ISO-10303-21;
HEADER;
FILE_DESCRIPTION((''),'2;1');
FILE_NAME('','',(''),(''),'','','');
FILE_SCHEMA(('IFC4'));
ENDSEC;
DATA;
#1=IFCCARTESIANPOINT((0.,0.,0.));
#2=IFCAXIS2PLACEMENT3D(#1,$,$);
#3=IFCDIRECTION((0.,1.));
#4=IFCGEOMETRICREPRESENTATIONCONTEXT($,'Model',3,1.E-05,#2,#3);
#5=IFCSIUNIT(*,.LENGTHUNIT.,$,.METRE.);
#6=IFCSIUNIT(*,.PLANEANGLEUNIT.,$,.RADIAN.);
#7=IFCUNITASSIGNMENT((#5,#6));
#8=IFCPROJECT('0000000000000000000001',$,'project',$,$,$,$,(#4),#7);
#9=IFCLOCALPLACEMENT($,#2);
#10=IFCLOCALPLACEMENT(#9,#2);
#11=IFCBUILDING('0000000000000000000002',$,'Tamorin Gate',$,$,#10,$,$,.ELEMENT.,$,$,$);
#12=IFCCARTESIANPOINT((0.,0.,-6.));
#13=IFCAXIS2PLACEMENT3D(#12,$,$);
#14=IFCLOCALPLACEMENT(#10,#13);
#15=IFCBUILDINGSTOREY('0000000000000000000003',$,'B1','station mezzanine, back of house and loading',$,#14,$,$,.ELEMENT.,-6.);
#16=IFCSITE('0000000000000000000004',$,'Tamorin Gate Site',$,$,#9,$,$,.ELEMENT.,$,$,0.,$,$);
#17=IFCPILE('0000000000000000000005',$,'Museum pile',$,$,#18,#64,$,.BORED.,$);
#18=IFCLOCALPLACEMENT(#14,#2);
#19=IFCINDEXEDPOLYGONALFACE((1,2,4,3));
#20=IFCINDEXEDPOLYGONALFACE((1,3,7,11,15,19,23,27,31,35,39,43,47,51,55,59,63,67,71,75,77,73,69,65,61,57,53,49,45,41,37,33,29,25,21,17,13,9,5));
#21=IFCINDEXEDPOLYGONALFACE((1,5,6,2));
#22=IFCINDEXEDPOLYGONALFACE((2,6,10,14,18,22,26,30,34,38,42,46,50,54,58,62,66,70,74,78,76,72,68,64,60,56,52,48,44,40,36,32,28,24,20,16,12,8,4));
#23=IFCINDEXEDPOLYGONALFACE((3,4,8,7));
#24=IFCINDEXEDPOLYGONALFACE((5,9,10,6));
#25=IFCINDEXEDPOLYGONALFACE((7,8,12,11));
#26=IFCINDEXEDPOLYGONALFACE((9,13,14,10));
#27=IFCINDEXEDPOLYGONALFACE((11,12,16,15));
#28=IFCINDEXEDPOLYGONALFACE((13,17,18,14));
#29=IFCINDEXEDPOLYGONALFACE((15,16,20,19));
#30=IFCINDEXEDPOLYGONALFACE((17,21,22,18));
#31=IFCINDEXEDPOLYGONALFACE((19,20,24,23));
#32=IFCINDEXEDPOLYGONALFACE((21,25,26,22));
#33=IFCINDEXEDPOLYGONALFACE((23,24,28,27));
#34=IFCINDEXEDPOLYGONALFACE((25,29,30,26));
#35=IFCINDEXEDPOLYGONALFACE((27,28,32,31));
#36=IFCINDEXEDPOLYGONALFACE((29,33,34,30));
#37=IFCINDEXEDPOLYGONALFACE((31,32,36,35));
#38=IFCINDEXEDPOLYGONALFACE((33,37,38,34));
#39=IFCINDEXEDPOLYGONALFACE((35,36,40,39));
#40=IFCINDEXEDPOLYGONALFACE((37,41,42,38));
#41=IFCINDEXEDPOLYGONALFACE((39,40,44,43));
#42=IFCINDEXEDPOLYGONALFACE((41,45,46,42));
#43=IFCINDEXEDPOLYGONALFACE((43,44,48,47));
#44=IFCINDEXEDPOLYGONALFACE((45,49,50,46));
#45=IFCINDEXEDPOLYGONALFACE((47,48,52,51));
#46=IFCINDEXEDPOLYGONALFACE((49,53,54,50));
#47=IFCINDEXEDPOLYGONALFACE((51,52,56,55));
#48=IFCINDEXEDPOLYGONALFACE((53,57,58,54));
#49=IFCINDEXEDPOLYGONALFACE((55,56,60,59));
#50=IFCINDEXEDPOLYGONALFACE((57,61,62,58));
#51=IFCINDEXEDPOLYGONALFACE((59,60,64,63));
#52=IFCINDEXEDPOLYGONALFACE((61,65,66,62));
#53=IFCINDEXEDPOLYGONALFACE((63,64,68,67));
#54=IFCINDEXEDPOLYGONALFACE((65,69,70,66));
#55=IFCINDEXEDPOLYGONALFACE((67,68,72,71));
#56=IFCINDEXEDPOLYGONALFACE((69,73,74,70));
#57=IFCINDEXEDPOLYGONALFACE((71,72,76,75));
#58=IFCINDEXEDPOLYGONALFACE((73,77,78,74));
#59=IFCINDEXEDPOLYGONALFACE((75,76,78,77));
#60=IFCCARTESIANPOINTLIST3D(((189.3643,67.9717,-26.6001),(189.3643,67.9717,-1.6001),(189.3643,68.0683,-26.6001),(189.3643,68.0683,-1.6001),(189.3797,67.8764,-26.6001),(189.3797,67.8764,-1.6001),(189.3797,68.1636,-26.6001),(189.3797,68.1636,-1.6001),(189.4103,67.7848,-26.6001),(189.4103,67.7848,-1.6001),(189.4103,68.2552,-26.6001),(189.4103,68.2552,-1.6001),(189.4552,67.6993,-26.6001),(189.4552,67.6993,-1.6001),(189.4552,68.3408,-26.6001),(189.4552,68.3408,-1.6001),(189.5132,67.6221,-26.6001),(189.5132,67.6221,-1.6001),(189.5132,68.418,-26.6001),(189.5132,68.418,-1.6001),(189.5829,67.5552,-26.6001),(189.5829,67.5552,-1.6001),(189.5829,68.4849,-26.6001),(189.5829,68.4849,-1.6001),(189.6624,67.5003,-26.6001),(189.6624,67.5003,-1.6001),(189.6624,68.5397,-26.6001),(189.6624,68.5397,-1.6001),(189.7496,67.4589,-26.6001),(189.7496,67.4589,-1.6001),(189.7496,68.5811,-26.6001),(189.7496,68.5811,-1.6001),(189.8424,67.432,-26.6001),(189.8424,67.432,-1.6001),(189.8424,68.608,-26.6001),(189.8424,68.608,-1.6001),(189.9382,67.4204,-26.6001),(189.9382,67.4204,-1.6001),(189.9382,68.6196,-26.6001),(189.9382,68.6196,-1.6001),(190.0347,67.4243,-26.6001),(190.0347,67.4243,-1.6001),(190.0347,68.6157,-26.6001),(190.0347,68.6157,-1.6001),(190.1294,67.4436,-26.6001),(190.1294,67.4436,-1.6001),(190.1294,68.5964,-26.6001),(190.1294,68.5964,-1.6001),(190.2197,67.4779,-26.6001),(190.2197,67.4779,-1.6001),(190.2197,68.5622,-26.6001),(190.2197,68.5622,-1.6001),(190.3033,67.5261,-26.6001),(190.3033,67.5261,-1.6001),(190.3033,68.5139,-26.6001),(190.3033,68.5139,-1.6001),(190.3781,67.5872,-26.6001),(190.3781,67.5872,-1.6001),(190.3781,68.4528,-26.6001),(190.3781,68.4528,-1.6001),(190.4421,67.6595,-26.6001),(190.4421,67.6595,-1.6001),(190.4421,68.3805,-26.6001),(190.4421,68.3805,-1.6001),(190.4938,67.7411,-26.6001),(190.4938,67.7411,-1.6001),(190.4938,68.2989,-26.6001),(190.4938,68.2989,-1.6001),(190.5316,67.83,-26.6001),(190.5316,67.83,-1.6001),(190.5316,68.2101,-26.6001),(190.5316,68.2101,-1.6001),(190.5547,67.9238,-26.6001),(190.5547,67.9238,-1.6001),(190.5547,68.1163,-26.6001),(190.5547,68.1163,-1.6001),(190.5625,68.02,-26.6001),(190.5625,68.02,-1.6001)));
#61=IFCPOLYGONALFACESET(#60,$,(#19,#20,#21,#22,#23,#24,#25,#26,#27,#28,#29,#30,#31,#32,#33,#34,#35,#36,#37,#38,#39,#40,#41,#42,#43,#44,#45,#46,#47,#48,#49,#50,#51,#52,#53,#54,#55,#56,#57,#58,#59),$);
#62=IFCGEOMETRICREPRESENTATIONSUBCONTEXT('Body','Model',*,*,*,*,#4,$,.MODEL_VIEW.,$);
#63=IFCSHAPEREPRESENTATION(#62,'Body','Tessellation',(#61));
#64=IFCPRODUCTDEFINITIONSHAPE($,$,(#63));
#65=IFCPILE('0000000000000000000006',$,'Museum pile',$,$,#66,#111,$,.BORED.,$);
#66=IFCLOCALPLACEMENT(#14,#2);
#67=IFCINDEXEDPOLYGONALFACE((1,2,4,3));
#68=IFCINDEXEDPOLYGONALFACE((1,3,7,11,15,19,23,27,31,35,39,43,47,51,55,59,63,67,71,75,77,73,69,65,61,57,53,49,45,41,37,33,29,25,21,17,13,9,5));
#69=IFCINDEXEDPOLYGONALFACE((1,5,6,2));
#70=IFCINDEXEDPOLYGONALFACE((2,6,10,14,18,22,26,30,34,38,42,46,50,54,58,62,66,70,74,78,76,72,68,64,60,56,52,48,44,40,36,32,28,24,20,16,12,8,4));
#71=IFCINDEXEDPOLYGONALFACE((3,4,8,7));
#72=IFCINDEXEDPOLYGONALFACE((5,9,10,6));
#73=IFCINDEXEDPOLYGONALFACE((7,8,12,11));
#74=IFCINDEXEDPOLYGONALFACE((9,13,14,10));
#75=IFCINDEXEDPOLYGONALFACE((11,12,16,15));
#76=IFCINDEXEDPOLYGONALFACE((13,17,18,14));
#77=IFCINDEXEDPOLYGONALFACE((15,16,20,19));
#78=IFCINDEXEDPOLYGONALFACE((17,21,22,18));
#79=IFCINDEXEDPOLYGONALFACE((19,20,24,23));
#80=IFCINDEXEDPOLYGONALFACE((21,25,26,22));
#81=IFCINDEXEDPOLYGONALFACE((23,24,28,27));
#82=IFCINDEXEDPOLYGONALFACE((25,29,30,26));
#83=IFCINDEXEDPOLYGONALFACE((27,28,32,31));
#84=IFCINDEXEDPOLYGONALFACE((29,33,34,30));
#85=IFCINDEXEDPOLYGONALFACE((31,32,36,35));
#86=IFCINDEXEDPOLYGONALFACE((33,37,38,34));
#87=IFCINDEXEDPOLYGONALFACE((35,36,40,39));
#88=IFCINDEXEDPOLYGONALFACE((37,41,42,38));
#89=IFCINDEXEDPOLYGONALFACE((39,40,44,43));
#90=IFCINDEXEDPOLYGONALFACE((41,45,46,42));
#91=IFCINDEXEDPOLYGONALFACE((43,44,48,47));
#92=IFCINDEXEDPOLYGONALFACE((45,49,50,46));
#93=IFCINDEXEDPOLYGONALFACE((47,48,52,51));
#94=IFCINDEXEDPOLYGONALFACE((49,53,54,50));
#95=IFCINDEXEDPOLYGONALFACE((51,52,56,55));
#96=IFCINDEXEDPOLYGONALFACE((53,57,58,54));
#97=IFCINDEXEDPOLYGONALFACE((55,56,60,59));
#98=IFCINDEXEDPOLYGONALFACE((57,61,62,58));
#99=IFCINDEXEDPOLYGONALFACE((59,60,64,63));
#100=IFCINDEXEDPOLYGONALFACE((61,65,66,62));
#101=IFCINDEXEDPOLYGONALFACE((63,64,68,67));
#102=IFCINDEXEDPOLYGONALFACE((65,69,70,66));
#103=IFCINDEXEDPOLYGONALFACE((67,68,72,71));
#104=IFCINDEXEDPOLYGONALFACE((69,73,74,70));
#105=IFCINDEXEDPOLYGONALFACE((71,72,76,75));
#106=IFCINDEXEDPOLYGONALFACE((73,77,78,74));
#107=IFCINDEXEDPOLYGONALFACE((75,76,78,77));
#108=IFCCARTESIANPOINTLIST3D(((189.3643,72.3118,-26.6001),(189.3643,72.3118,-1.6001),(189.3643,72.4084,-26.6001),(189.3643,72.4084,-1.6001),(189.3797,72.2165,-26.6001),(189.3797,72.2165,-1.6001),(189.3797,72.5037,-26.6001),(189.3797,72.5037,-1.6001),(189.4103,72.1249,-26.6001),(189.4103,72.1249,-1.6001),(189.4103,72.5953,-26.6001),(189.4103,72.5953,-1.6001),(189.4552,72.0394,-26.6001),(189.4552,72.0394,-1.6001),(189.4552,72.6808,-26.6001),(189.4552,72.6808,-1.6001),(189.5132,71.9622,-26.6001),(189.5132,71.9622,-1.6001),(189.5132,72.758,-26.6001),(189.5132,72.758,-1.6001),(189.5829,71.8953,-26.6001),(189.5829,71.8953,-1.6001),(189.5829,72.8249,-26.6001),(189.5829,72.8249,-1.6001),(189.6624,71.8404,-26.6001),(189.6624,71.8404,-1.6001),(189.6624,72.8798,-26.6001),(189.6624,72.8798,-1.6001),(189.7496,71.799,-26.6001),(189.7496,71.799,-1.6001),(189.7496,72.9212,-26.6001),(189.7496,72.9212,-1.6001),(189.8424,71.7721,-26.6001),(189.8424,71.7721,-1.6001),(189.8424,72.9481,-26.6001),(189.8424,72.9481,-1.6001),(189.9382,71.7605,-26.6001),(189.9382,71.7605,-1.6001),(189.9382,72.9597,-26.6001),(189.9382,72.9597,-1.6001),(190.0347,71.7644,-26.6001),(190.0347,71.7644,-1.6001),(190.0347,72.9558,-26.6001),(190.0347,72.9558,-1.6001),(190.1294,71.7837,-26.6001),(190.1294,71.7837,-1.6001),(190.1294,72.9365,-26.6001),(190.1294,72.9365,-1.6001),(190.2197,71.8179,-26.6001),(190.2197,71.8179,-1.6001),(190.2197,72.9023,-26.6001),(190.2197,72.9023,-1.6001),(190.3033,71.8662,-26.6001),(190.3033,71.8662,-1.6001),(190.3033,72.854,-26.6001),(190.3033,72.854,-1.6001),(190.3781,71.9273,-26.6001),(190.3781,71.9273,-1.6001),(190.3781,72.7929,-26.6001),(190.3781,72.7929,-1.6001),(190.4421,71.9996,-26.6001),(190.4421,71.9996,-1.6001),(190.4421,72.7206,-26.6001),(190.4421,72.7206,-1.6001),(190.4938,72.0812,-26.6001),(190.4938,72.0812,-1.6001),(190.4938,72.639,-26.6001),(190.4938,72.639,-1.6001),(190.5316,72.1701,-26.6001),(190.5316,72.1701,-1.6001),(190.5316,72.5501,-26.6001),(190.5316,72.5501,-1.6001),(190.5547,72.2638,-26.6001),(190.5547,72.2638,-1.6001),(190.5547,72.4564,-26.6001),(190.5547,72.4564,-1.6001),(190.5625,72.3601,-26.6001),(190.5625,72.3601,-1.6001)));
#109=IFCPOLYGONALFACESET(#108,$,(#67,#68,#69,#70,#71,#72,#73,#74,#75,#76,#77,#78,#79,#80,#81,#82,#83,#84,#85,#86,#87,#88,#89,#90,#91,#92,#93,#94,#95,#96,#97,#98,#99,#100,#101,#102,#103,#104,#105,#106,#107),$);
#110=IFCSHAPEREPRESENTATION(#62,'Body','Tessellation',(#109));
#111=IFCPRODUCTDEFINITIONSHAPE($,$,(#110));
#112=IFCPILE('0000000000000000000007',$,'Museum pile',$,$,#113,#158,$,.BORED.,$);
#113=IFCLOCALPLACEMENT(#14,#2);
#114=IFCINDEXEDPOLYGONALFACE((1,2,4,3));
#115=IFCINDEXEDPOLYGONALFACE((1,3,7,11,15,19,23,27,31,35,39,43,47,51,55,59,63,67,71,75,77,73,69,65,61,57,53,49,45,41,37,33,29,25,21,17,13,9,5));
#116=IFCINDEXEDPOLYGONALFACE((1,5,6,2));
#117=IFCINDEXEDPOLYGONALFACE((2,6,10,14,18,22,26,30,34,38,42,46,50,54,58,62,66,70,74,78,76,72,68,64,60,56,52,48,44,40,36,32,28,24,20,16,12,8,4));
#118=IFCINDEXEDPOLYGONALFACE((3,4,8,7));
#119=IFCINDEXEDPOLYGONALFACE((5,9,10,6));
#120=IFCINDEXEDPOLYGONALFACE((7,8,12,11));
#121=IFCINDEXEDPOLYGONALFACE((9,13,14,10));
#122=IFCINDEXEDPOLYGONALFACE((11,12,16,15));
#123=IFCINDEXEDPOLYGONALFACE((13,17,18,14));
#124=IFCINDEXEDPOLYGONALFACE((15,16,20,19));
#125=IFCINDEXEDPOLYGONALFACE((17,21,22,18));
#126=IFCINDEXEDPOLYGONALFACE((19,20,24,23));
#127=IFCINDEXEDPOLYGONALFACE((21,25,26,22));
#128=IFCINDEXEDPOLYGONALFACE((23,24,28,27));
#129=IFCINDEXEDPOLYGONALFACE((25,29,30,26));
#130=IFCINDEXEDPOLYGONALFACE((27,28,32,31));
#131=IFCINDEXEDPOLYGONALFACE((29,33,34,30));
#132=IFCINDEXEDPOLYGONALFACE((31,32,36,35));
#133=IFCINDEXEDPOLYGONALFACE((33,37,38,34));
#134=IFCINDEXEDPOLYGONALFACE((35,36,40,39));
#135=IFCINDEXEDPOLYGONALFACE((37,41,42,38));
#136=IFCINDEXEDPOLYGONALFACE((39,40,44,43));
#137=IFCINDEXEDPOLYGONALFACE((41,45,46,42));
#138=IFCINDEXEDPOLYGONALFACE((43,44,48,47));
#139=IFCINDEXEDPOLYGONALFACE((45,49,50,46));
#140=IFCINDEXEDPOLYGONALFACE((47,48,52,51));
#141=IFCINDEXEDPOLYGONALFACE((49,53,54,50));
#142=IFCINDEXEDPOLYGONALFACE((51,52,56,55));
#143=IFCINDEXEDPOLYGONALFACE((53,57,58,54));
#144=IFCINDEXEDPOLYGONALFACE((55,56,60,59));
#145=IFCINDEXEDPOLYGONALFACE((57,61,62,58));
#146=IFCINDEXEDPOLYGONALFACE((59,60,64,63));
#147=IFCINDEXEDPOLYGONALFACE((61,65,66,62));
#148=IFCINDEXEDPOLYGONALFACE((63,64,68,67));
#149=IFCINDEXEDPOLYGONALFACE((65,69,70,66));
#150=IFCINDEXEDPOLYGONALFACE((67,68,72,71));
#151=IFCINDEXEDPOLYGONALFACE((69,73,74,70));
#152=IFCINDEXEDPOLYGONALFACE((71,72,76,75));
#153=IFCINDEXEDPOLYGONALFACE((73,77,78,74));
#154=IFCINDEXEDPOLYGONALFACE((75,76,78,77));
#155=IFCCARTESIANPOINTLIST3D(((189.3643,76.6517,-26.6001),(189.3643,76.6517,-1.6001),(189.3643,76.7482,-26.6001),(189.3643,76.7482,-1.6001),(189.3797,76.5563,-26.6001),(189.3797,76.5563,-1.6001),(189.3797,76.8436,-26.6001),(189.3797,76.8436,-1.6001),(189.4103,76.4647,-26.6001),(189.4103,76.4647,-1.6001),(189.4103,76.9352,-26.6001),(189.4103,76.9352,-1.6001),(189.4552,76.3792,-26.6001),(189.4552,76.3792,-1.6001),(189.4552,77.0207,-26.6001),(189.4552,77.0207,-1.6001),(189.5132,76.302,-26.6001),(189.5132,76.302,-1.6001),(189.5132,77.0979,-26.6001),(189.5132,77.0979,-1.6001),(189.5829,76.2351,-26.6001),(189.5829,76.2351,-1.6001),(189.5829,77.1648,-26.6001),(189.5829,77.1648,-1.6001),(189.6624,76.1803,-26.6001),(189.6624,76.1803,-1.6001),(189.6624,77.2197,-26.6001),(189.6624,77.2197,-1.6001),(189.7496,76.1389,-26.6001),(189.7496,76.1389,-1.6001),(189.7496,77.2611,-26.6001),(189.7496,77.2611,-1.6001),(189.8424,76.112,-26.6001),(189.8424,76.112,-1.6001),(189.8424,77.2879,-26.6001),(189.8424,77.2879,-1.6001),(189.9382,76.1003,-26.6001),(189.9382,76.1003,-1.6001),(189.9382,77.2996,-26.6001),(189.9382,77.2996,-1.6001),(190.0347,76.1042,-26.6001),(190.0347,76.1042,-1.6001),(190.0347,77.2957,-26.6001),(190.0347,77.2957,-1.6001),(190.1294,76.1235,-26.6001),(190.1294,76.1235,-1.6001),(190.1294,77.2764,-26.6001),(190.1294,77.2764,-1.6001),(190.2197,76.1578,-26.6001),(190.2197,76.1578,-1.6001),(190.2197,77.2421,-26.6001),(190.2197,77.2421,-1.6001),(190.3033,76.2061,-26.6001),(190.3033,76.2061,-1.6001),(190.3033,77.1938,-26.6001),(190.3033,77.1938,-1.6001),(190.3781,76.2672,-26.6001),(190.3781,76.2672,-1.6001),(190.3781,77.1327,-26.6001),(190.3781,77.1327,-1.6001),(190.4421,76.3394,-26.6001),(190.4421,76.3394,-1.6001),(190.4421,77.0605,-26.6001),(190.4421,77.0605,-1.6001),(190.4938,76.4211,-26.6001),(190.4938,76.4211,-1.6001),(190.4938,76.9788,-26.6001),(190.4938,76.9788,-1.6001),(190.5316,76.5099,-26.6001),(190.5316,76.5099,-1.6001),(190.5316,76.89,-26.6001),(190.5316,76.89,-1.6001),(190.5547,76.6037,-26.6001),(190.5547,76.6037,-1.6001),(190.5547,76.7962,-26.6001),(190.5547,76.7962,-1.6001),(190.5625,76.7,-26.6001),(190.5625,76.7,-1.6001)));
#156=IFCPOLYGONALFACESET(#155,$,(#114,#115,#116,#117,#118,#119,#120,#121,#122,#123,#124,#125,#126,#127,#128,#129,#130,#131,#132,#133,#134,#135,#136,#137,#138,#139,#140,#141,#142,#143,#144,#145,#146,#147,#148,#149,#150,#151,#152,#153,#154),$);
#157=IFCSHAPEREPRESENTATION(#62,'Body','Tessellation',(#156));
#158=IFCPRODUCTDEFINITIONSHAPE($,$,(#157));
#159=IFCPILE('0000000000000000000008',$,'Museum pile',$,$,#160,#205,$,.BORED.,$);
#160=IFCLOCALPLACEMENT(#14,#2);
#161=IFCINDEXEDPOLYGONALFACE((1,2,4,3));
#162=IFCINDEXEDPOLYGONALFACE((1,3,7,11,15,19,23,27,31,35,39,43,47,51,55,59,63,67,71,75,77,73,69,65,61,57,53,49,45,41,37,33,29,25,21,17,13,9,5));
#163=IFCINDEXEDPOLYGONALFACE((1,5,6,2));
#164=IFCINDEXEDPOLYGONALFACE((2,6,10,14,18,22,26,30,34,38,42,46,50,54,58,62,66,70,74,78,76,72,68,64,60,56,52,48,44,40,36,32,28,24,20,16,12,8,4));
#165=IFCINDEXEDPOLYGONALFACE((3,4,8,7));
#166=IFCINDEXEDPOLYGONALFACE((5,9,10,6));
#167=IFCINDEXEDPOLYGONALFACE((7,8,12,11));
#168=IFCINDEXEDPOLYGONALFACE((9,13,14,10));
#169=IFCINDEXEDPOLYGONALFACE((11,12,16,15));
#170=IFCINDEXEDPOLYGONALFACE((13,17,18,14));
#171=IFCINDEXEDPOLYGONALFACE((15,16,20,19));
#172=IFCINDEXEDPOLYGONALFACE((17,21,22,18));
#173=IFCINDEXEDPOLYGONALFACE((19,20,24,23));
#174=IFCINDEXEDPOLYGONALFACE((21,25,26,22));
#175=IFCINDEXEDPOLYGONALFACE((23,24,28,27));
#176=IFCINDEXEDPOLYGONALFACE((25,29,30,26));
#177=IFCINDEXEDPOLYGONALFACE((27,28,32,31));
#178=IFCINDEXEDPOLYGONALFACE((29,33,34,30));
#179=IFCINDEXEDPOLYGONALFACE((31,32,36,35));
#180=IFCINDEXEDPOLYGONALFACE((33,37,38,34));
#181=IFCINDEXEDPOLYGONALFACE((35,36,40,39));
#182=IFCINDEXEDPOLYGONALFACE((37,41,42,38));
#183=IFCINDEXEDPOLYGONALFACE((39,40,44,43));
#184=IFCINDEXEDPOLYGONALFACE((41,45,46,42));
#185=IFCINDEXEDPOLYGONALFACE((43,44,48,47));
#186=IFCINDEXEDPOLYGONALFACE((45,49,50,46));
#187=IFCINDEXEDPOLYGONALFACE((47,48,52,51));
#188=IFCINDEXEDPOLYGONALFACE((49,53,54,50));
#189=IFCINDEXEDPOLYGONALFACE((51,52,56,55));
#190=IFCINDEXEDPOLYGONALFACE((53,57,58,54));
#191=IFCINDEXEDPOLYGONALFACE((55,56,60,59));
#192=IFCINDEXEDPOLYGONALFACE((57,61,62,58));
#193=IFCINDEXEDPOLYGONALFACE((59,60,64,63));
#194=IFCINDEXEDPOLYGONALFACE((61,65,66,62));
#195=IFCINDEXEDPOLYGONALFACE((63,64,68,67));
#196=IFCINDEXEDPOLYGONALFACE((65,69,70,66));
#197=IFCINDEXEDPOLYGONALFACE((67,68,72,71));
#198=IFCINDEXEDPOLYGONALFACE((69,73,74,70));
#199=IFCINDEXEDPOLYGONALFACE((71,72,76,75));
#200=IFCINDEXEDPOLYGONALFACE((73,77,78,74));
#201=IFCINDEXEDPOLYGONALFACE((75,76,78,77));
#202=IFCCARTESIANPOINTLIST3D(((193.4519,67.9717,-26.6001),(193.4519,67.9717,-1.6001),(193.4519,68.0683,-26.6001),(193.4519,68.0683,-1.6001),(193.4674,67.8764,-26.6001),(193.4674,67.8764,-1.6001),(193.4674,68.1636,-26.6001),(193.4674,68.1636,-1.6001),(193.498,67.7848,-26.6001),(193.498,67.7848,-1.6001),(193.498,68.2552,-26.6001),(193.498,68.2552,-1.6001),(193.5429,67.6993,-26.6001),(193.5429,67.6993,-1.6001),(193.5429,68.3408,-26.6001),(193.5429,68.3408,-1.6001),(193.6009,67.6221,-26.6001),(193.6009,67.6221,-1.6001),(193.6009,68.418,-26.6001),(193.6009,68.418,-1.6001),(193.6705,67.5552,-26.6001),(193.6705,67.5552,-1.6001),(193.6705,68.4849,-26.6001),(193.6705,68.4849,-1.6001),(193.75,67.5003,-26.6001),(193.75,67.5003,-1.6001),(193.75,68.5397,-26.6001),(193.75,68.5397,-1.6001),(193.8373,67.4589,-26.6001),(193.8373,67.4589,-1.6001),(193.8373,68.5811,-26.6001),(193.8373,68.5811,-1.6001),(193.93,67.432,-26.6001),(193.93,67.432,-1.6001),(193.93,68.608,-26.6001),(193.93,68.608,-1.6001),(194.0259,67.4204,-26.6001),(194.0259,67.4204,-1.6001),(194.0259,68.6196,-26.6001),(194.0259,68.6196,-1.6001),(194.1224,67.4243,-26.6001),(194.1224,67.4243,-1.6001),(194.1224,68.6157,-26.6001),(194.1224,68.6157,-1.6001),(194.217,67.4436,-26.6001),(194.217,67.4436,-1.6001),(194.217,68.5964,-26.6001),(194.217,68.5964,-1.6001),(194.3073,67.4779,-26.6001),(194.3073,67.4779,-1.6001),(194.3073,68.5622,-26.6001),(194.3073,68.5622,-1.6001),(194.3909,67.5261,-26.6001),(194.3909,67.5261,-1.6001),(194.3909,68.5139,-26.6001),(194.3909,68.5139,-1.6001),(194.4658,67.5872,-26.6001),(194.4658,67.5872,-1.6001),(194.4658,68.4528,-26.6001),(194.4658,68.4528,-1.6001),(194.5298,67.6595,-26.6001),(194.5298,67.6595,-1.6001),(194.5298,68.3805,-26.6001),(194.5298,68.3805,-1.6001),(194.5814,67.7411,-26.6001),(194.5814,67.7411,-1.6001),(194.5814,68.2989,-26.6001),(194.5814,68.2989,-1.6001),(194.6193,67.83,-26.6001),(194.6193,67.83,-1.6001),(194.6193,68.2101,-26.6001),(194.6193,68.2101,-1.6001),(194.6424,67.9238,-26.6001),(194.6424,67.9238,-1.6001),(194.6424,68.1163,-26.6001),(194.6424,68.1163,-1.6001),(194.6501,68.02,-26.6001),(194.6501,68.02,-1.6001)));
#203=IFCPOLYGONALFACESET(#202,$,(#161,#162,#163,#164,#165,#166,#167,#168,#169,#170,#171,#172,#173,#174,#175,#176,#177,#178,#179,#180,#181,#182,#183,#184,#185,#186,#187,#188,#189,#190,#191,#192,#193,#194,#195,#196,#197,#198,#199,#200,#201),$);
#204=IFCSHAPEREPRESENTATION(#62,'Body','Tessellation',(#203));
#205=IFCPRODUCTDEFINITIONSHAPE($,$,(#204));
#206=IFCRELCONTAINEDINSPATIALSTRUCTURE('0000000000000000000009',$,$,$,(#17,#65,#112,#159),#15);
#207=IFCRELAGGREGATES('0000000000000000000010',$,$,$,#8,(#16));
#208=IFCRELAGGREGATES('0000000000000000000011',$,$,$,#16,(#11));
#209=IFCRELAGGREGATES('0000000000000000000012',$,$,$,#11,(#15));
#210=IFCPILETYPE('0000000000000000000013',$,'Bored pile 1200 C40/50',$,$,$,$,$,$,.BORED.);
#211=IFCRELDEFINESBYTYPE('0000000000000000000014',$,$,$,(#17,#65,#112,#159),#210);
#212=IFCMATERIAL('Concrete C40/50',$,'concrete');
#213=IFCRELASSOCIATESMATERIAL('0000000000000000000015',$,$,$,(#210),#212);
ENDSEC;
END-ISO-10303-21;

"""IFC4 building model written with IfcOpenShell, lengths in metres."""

from ifc_helpers import new_model, si_unit, direction, frame, origin, origin_2d, place, context, subcontext, project, spatial, circle, extrude, material, material_profile, profile_set, type_object, element, save


model = new_model("IFC4")

# Units and contexts
model_context = context("Model", 3, precision=1e-05, world=origin(), true_north=direction((0.0, 1.0)))
body_context = subcontext(model_context, "Body", "Model", "MODEL_VIEW")
ifc_project = project(units=[si_unit("LENGTHUNIT", "METRE"), si_unit("PLANEANGLEUNIT", "RADIAN")], contexts=[model_context])

# Site, building, storey
site_placement = place(None, origin())
site = spatial("IfcSite", under=ifc_project, at=site_placement, Name="Tamorin Gate Site", CompositionType="ELEMENT", RefElevation=0.0)
building_placement = place(site_placement, origin())
building = spatial("IfcBuilding", under=site, at=building_placement, Name="Tamorin Gate", CompositionType="ELEMENT")
storey_placement = place(building_placement, frame((0.0, 0.0, -6.0)))
storey = spatial("IfcBuildingStorey", under=building, at=storey_placement, Name="B1", Description="station mezzanine, back of house and loading", CompositionType="ELEMENT", Elevation=-6.0)

# Piles
ifc_material_1 = material(Name="Concrete C40/50", Category="concrete")
ifc_material_profile_1 = material_profile(ifc_material_1, circle(Radius=0.6001, at=origin_2d()))
ifc_profile_set_1 = profile_set([ifc_material_profile_1], Name="Concrete C40/50")
pile_type = type_object("IfcPileType", Name="Bored pile 1200 C40/50", PredefinedType="BORED", material=ifc_profile_set_1)
for number, where, z_axis, x_axis, name in (
    (1, (189.9624, 68.02, -1.6001), (0.0, 0.0, -1.0), (1.0, 0.0, 0.0), "Museum pile"),
    (2, (189.9624, 72.3601, -1.6001), (0.0, 0.0, -1.0), (1.0, 0.0, 0.0), "Museum pile"),
    (3, (189.9624, 76.7, -1.6001), (0.0, 0.0, -1.0), (1.0, 0.0, 0.0), "Museum pile"),
    (4, (194.05, 68.02, -1.6001), (0.0, 0.0, -1.0), (1.0, 0.0, 0.0), "Museum pile"),
):
    element("IfcPile", number, at=place(storey_placement, frame(where, z_axis=z_axis, x_axis=x_axis)), inside=storey, type_object=pile_type, Name=name, PredefinedType="BORED", context=body_context, shape_type="SweptSolid", body=[
        extrude(circle(Radius=0.6001, at=origin_2d()), origin(), (0.0, 0.0, 1.0), 25.0),
    ])

save(model, "model.ifc")
